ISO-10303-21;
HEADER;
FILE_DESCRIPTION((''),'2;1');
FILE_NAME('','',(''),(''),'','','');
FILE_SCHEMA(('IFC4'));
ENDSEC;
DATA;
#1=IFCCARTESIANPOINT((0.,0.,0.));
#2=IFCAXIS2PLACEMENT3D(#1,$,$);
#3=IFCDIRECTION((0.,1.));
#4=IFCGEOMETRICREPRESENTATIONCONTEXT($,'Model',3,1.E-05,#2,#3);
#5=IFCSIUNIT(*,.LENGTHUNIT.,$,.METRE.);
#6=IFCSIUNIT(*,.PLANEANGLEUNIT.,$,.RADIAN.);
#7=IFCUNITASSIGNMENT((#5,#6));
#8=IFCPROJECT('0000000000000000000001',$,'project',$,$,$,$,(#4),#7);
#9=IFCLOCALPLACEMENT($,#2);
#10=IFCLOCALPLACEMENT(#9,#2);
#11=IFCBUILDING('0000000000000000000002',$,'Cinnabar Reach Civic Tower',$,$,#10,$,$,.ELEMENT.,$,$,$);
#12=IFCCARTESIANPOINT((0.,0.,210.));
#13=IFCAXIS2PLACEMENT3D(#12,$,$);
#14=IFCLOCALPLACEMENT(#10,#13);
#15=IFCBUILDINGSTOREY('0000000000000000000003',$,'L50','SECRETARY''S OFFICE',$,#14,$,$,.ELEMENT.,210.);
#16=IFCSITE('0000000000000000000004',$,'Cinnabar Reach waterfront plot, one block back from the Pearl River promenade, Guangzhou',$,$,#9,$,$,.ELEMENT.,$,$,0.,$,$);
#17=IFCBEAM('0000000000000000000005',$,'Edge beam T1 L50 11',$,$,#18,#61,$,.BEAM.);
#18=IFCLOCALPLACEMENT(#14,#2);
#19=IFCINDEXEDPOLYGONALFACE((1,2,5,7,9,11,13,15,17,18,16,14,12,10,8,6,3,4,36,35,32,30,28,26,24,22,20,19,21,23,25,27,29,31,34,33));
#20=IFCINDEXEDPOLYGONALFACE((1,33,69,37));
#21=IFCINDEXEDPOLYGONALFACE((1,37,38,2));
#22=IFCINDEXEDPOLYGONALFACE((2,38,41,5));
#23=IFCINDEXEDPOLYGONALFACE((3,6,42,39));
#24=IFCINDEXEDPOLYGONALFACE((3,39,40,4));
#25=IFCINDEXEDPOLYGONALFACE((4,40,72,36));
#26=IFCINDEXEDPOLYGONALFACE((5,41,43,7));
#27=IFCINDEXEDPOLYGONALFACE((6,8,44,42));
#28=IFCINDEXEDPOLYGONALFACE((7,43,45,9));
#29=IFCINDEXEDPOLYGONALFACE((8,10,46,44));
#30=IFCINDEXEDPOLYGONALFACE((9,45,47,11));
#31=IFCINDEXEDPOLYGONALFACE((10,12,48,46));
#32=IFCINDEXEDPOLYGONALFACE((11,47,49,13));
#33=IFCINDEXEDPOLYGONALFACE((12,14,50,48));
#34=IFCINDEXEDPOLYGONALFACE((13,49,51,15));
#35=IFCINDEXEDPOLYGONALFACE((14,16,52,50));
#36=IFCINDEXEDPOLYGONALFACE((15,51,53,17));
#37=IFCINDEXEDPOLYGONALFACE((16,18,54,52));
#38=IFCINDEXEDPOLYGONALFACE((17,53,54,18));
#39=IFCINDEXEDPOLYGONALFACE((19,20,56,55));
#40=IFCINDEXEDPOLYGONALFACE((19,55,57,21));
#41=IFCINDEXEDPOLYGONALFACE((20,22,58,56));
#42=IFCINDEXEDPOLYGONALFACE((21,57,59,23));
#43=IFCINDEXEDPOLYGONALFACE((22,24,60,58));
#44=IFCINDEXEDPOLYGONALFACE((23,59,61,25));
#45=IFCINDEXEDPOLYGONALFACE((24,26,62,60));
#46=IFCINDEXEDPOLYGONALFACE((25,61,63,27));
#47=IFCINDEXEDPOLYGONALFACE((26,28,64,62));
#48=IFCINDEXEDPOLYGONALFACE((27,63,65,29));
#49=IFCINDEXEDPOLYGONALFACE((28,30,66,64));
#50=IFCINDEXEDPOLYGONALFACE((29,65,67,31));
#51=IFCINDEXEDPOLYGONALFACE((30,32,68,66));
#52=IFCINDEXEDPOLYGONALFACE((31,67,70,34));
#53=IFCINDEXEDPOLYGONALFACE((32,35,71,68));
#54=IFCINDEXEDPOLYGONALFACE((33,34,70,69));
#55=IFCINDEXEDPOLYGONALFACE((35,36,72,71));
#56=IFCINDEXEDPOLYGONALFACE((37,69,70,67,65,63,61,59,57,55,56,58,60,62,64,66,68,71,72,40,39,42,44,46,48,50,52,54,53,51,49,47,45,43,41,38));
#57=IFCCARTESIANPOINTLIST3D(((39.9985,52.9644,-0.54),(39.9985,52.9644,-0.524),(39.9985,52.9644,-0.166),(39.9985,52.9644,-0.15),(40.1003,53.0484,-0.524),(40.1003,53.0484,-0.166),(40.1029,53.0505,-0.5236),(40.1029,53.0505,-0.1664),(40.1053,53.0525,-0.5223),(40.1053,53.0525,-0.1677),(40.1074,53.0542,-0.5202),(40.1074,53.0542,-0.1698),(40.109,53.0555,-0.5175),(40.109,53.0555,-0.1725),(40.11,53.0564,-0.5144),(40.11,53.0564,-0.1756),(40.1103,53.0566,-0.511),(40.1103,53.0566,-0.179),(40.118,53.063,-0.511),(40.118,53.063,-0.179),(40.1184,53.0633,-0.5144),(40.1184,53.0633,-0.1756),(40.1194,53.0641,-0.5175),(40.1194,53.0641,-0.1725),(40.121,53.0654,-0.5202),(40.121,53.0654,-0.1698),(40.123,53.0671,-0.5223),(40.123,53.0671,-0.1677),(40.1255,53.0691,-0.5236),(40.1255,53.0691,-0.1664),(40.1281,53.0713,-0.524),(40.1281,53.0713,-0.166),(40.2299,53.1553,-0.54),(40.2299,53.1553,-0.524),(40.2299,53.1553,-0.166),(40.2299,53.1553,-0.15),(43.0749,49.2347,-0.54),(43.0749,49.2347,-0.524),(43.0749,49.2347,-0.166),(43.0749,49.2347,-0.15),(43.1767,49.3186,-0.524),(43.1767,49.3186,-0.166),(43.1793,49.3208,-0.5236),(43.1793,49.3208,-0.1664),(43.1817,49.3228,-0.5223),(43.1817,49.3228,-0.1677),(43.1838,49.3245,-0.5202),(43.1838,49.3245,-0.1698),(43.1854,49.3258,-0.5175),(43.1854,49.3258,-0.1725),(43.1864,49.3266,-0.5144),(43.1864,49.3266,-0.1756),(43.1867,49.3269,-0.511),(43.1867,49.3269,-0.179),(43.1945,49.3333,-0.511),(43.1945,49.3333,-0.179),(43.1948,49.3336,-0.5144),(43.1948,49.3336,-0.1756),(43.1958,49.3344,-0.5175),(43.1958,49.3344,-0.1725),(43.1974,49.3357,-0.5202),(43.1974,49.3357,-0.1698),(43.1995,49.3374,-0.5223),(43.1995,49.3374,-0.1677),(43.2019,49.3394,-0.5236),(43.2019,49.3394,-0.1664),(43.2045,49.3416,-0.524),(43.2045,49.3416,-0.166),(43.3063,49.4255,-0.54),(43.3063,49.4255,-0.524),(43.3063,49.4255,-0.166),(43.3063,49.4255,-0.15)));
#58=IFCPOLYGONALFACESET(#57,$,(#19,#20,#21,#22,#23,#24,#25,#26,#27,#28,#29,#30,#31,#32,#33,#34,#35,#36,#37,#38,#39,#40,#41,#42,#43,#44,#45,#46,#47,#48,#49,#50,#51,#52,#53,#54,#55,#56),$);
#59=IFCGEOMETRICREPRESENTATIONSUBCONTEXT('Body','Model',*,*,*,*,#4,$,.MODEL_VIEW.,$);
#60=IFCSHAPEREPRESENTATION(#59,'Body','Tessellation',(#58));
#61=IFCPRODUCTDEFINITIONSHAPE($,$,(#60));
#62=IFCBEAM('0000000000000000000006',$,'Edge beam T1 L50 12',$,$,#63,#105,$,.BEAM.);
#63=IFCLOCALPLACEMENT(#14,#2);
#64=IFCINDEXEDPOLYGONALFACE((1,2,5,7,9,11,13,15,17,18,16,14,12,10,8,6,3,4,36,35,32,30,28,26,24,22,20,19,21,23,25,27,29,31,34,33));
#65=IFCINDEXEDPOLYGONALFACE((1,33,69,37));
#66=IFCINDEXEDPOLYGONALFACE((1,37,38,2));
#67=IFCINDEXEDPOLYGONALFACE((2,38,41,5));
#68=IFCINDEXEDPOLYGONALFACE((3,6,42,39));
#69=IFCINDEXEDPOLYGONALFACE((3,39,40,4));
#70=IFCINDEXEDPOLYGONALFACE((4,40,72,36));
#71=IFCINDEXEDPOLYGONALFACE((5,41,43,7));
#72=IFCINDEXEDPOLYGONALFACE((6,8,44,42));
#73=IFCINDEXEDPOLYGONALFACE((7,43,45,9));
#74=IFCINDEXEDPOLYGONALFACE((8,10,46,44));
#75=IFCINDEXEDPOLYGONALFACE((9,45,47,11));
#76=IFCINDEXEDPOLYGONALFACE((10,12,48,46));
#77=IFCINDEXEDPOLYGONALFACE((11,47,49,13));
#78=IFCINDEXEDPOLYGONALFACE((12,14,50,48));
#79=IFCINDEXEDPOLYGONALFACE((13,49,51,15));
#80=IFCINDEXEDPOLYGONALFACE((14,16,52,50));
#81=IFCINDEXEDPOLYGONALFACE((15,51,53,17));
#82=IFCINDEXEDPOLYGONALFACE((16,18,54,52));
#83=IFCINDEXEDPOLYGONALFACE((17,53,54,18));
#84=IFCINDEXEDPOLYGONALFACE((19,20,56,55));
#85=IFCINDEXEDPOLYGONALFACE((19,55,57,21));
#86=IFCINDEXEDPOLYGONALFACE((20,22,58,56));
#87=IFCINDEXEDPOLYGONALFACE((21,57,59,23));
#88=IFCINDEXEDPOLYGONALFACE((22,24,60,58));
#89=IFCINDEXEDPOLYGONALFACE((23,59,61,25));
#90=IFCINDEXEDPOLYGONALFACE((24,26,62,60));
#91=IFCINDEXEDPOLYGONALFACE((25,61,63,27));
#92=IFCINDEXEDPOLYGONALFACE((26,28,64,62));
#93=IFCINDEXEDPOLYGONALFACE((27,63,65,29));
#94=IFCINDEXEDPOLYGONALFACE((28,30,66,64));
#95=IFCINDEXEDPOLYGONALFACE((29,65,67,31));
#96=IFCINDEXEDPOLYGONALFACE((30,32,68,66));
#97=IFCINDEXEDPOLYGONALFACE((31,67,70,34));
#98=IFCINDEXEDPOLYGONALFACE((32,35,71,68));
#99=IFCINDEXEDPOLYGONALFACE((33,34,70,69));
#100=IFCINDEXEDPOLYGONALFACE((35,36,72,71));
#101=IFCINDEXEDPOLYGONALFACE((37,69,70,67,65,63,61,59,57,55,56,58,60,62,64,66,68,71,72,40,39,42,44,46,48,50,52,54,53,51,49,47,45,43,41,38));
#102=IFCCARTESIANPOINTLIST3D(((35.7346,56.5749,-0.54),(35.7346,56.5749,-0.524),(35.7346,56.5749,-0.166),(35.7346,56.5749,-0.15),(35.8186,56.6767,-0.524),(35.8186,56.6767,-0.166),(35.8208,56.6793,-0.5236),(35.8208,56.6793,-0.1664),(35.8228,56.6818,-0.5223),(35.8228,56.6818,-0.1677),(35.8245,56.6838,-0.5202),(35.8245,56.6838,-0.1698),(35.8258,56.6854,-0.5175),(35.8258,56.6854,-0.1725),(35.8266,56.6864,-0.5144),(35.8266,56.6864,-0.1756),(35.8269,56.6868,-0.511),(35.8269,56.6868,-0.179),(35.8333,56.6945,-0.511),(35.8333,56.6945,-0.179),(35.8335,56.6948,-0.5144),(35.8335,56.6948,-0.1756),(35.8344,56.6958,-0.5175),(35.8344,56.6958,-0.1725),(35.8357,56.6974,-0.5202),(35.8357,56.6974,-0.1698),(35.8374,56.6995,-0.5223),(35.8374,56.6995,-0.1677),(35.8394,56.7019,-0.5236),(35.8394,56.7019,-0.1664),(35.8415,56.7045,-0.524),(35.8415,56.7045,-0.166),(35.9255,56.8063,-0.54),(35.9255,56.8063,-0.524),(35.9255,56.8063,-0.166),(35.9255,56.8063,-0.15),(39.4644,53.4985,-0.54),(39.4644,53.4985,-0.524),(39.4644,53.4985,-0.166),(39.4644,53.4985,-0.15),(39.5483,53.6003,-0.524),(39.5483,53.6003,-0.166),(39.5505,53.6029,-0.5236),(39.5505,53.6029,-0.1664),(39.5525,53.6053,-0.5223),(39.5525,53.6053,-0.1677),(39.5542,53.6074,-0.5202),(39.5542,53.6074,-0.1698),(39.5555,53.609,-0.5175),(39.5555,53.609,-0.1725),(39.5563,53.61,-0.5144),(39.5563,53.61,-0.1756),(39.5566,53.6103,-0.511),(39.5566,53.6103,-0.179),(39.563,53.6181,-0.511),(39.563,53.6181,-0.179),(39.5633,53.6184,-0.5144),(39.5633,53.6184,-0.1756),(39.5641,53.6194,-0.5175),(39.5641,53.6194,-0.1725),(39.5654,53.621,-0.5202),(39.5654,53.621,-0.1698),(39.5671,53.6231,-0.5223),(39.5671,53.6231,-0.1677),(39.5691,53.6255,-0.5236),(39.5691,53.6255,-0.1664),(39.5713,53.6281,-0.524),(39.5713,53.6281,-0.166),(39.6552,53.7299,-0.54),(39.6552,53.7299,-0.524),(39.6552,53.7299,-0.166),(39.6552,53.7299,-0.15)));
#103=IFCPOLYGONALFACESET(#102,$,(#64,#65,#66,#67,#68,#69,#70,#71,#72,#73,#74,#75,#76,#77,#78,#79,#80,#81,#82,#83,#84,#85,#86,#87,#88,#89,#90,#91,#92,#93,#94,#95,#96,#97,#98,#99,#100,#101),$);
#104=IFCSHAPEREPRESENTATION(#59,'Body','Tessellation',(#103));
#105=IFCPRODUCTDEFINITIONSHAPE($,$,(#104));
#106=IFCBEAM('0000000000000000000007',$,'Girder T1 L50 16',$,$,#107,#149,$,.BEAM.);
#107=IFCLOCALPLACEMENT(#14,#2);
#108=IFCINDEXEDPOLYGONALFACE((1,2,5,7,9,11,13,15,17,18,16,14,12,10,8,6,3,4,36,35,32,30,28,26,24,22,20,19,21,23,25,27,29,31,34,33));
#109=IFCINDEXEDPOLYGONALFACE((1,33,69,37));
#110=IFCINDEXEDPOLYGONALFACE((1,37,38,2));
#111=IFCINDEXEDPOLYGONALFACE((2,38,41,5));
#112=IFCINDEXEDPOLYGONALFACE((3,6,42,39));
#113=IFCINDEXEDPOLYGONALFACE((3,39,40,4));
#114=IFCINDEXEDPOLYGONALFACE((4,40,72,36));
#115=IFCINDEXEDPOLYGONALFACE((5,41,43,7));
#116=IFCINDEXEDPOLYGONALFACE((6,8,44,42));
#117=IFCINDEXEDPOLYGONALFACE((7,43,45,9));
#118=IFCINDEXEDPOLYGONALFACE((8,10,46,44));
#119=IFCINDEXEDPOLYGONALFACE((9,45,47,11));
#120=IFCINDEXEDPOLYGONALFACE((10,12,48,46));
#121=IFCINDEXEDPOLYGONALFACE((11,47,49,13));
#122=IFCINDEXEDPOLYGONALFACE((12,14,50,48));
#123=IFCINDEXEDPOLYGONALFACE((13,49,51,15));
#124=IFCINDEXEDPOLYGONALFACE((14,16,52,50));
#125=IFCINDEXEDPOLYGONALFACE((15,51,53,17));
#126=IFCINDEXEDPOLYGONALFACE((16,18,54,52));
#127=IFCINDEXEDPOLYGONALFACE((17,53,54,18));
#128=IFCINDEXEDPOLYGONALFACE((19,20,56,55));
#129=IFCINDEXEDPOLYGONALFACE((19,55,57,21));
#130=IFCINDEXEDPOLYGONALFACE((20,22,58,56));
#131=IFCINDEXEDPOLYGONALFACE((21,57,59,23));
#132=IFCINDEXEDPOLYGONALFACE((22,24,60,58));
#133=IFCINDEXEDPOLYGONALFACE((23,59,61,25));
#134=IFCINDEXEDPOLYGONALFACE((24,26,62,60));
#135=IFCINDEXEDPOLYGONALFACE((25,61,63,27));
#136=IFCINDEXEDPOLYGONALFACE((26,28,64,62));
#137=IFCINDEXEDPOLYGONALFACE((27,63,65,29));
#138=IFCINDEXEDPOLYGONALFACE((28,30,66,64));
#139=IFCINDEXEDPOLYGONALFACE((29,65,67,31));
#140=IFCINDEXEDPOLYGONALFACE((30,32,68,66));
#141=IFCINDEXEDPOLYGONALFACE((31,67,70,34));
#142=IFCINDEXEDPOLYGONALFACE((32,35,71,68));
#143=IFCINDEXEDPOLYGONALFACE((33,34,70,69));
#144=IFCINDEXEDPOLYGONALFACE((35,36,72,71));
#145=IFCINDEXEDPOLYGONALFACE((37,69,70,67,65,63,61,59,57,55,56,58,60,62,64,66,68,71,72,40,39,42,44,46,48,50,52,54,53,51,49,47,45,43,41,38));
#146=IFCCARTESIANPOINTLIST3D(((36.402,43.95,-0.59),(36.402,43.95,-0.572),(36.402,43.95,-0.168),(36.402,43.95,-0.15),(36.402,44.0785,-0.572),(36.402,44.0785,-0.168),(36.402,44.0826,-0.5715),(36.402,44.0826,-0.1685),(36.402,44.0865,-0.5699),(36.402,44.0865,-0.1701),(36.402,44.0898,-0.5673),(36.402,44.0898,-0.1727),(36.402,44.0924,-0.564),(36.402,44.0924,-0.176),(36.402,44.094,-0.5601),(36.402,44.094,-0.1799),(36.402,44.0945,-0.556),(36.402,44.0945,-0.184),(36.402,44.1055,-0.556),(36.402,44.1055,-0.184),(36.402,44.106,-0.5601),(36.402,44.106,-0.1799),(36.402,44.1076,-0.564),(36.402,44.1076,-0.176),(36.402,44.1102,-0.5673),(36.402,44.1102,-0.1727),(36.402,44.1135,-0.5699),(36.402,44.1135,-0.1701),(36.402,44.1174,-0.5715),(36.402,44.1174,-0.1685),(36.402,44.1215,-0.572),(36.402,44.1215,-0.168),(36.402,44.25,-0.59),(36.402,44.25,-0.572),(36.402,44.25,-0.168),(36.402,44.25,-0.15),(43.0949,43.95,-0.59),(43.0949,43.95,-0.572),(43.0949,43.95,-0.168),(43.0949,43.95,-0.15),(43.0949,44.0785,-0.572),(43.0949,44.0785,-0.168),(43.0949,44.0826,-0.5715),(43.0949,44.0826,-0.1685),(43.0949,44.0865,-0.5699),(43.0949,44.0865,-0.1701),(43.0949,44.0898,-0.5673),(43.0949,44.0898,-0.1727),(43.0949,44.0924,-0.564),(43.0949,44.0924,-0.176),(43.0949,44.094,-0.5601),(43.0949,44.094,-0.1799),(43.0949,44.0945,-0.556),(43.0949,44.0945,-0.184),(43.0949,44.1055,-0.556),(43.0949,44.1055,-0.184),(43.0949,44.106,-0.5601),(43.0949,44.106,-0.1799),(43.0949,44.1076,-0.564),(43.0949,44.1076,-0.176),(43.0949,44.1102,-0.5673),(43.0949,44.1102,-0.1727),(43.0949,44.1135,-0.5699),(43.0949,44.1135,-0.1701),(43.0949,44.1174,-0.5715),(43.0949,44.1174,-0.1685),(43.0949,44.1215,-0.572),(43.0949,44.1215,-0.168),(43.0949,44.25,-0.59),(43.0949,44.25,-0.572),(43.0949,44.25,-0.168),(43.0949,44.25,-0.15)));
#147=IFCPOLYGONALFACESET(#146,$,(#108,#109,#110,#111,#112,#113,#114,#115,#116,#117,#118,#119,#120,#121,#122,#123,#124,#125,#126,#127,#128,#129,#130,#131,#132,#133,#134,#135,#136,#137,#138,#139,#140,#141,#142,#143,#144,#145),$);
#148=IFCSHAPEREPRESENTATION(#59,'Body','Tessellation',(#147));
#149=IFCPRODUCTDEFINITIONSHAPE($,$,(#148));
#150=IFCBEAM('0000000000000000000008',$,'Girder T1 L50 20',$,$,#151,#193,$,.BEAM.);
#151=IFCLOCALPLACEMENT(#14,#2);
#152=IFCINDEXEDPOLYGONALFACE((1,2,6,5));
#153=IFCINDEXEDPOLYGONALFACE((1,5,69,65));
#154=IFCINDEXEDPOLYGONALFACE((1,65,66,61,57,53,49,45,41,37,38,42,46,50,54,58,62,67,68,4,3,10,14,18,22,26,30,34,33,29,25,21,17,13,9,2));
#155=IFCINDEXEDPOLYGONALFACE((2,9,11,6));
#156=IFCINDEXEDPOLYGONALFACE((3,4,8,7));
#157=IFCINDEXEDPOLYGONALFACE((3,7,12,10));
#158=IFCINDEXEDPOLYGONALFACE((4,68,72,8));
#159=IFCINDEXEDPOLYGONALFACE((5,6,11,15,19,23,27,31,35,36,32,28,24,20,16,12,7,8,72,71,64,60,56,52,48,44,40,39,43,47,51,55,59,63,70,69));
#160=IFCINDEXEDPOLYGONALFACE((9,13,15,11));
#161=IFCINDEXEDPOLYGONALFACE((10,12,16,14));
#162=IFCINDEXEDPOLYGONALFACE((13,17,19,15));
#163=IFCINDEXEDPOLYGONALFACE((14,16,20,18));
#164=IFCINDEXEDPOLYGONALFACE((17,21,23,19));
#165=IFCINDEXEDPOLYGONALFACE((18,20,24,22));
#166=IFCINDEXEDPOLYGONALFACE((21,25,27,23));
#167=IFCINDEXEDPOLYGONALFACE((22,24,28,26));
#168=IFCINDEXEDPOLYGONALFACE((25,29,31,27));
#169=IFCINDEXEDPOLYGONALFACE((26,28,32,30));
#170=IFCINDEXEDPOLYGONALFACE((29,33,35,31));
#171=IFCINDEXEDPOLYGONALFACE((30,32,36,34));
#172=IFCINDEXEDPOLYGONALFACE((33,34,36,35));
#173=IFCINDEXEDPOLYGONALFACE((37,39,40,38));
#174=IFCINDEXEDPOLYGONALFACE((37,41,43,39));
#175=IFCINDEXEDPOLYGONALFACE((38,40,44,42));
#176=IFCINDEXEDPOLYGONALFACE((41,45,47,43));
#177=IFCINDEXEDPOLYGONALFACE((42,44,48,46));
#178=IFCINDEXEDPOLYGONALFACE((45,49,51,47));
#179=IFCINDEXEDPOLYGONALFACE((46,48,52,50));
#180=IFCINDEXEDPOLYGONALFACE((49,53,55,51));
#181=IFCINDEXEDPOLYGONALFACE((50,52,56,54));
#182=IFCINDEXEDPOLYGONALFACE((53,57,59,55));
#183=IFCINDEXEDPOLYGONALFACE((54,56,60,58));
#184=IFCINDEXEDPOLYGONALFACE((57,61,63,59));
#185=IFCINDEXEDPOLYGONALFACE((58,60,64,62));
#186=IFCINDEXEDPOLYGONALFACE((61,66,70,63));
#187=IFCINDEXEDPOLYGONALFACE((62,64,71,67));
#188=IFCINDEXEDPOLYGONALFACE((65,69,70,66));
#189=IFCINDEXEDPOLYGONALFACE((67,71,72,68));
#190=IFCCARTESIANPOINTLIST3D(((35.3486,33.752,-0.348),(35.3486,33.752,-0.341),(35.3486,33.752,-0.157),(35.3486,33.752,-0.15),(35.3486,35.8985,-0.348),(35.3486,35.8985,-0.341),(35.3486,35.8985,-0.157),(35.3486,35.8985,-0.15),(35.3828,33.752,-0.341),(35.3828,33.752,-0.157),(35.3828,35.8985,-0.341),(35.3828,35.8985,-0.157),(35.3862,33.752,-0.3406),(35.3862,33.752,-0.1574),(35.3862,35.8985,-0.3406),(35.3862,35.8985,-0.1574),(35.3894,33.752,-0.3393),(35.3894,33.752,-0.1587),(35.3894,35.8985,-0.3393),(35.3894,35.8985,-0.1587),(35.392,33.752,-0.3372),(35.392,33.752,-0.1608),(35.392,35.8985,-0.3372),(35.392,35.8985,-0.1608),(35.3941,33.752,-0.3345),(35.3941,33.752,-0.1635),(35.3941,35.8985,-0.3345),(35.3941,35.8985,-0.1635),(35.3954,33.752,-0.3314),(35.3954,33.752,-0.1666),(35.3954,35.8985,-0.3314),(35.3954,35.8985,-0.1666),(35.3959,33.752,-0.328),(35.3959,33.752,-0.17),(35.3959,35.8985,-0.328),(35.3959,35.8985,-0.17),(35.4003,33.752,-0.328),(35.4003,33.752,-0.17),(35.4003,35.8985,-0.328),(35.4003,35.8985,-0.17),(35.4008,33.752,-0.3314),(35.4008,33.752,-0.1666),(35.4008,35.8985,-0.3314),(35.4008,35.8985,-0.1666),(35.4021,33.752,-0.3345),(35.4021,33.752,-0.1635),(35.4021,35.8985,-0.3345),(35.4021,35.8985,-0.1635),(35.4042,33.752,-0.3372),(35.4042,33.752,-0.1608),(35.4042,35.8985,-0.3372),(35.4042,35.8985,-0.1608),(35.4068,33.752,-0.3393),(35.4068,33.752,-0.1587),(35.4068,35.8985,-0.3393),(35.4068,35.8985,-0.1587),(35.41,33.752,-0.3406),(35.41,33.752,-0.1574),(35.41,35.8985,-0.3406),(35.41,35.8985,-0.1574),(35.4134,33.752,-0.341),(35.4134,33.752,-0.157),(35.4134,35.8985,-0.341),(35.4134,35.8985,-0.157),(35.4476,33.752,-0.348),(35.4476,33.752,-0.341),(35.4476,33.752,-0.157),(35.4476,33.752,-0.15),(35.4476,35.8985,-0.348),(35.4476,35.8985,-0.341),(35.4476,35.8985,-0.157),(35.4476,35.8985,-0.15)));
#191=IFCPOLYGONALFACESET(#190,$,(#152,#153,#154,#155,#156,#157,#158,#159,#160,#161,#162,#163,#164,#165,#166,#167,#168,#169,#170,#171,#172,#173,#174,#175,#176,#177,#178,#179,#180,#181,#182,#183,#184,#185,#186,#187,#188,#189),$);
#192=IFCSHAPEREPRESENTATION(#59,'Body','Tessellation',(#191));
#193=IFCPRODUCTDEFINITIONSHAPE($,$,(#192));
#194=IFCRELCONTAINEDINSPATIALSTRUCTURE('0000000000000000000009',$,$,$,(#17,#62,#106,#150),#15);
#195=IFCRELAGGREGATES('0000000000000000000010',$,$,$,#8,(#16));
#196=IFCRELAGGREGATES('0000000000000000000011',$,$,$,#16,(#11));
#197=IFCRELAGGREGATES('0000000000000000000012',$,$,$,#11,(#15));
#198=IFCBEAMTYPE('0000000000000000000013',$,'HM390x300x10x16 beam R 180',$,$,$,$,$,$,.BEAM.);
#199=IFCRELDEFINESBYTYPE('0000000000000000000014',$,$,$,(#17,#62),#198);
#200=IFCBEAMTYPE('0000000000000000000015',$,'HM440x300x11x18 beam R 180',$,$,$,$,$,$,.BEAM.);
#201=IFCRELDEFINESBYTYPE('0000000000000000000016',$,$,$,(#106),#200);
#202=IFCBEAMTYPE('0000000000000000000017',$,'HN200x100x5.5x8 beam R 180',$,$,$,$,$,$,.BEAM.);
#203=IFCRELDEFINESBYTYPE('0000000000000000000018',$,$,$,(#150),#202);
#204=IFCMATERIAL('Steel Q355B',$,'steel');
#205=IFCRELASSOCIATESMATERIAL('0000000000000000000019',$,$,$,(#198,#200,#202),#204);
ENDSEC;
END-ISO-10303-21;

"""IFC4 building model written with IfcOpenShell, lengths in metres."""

from ifc_helpers import new_model, si_unit, direction, frame, origin, origin_2d, place, context, subcontext, project, spatial, i_section, extrude, material, material_profile, profile_set, type_object, element, save


model = new_model("IFC4")

# Units and contexts
model_context = context("Model", 3, precision=1e-05, world=origin(), true_north=direction((0.0, 1.0)))
body_context = subcontext(model_context, "Body", "Model", "MODEL_VIEW")
ifc_project = project(units=[si_unit("LENGTHUNIT", "METRE"), si_unit("PLANEANGLEUNIT", "RADIAN")], contexts=[model_context])

# Site, building, storey
site_placement = place(None, origin())
site = spatial("IfcSite", under=ifc_project, at=site_placement, Name="Cinnabar Reach waterfront plot, one block back from the Pearl River promenade, Guangzhou", CompositionType="ELEMENT", RefElevation=0.0)
building_placement = place(site_placement, origin())
building = spatial("IfcBuilding", under=site, at=building_placement, Name="Cinnabar Reach Civic Tower", CompositionType="ELEMENT")
storey_placement = place(building_placement, frame((0.0, 0.0, 210.0)))
storey = spatial("IfcBuildingStorey", under=building, at=storey_placement, Name="L50", Description="SECRETARY'S OFFICE", CompositionType="ELEMENT", Elevation=210.0)

# Beams
ifc_material_1 = material(Name="Steel Q355B", Category="steel")
ifc_material_profile_1 = material_profile(ifc_material_1, i_section(OverallWidth=0.3, OverallDepth=0.39, WebThickness=0.01, FlangeThickness=0.016, FilletRadius=0.013, at=origin_2d()), Name="HM390x300x10x16")
ifc_profile_set_1 = profile_set([ifc_material_profile_1], Name="Steel Q355B")
beam_type_1 = type_object("IfcBeamType", Name="HM390x300x10x16 beam R 180", PredefinedType="BEAM", material=ifc_profile_set_1)
for number, where, z_axis, x_axis, name in (
    (1, (43.1906, 49.3301, -0.345), (-0.636309, 0.771434, 0.0), (-0.771434, -0.636309, 0.0), "Edge beam T1 L50 11"),
    (2, (39.5598, 53.6142, -0.345), (-0.771434, 0.636309, 0.0), (-0.636309, -0.771434, 0.0), "Edge beam T1 L50 12"),
):
    element("IfcBeam", number, at=place(storey_placement, frame(where, z_axis=z_axis, x_axis=x_axis)), inside=storey, type_object=beam_type_1, Name=name, PredefinedType="BEAM", context=body_context, shape_type="SweptSolid", body=[
        extrude(i_section(OverallWidth=0.3, OverallDepth=0.39, WebThickness=0.01, FlangeThickness=0.016, FilletRadius=0.013, at=origin_2d()), origin(), (0.0, 0.0, 1.0), 4.8348),
    ])
ifc_material_profile_2 = material_profile(ifc_material_1, i_section(OverallWidth=0.3, OverallDepth=0.44, WebThickness=0.011, FlangeThickness=0.018, FilletRadius=0.016, at=origin_2d()), Name="HM440x300x11x18")
ifc_profile_set_2 = profile_set([ifc_material_profile_2], Name="Steel Q355B")
beam_type_2 = type_object("IfcBeamType", Name="HM440x300x11x18 beam R 180", PredefinedType="BEAM", material=ifc_profile_set_2)
beam_1_placement = place(storey_placement, frame((36.402, 44.1, -0.37), z_axis=(1.0, 0.0, 0.0), x_axis=(0.0, 1.0, 0.0)))
element("IfcBeam", 3, at=beam_1_placement, inside=storey, type_object=beam_type_2, Name="Girder T1 L50 16", PredefinedType="BEAM", context=body_context, shape_type="SweptSolid", body=[
    extrude(i_section(OverallWidth=0.3, OverallDepth=0.44, WebThickness=0.011, FlangeThickness=0.018, FilletRadius=0.016, at=origin_2d()), origin(), (0.0, 0.0, 1.0), 6.6929),
])
ifc_material_profile_3 = material_profile(ifc_material_1, i_section(OverallWidth=0.099, OverallDepth=0.198, WebThickness=0.0045, FlangeThickness=0.007, FilletRadius=0.013, at=origin_2d()), Name="HN200x100x5.5x8")
ifc_profile_set_3 = profile_set([ifc_material_profile_3], Name="Steel Q355B")
beam_type_3 = type_object("IfcBeamType", Name="HN200x100x5.5x8 beam R 180", PredefinedType="BEAM", material=ifc_profile_set_3)
beam_2_placement = place(storey_placement, frame((35.3981, 33.752, -0.249), z_axis=(0.0, 1.0, 0.0), x_axis=(-1.0, 0.0, 0.0)))
element("IfcBeam", 4, at=beam_2_placement, inside=storey, type_object=beam_type_3, Name="Girder T1 L50 20", PredefinedType="BEAM", context=body_context, shape_type="SweptSolid", body=[
    extrude(i_section(OverallWidth=0.099, OverallDepth=0.198, WebThickness=0.0045, FlangeThickness=0.007, FilletRadius=0.013, at=origin_2d()), origin(), (0.0, 0.0, 1.0), 2.1465),
])

save(model, "model.ifc")
